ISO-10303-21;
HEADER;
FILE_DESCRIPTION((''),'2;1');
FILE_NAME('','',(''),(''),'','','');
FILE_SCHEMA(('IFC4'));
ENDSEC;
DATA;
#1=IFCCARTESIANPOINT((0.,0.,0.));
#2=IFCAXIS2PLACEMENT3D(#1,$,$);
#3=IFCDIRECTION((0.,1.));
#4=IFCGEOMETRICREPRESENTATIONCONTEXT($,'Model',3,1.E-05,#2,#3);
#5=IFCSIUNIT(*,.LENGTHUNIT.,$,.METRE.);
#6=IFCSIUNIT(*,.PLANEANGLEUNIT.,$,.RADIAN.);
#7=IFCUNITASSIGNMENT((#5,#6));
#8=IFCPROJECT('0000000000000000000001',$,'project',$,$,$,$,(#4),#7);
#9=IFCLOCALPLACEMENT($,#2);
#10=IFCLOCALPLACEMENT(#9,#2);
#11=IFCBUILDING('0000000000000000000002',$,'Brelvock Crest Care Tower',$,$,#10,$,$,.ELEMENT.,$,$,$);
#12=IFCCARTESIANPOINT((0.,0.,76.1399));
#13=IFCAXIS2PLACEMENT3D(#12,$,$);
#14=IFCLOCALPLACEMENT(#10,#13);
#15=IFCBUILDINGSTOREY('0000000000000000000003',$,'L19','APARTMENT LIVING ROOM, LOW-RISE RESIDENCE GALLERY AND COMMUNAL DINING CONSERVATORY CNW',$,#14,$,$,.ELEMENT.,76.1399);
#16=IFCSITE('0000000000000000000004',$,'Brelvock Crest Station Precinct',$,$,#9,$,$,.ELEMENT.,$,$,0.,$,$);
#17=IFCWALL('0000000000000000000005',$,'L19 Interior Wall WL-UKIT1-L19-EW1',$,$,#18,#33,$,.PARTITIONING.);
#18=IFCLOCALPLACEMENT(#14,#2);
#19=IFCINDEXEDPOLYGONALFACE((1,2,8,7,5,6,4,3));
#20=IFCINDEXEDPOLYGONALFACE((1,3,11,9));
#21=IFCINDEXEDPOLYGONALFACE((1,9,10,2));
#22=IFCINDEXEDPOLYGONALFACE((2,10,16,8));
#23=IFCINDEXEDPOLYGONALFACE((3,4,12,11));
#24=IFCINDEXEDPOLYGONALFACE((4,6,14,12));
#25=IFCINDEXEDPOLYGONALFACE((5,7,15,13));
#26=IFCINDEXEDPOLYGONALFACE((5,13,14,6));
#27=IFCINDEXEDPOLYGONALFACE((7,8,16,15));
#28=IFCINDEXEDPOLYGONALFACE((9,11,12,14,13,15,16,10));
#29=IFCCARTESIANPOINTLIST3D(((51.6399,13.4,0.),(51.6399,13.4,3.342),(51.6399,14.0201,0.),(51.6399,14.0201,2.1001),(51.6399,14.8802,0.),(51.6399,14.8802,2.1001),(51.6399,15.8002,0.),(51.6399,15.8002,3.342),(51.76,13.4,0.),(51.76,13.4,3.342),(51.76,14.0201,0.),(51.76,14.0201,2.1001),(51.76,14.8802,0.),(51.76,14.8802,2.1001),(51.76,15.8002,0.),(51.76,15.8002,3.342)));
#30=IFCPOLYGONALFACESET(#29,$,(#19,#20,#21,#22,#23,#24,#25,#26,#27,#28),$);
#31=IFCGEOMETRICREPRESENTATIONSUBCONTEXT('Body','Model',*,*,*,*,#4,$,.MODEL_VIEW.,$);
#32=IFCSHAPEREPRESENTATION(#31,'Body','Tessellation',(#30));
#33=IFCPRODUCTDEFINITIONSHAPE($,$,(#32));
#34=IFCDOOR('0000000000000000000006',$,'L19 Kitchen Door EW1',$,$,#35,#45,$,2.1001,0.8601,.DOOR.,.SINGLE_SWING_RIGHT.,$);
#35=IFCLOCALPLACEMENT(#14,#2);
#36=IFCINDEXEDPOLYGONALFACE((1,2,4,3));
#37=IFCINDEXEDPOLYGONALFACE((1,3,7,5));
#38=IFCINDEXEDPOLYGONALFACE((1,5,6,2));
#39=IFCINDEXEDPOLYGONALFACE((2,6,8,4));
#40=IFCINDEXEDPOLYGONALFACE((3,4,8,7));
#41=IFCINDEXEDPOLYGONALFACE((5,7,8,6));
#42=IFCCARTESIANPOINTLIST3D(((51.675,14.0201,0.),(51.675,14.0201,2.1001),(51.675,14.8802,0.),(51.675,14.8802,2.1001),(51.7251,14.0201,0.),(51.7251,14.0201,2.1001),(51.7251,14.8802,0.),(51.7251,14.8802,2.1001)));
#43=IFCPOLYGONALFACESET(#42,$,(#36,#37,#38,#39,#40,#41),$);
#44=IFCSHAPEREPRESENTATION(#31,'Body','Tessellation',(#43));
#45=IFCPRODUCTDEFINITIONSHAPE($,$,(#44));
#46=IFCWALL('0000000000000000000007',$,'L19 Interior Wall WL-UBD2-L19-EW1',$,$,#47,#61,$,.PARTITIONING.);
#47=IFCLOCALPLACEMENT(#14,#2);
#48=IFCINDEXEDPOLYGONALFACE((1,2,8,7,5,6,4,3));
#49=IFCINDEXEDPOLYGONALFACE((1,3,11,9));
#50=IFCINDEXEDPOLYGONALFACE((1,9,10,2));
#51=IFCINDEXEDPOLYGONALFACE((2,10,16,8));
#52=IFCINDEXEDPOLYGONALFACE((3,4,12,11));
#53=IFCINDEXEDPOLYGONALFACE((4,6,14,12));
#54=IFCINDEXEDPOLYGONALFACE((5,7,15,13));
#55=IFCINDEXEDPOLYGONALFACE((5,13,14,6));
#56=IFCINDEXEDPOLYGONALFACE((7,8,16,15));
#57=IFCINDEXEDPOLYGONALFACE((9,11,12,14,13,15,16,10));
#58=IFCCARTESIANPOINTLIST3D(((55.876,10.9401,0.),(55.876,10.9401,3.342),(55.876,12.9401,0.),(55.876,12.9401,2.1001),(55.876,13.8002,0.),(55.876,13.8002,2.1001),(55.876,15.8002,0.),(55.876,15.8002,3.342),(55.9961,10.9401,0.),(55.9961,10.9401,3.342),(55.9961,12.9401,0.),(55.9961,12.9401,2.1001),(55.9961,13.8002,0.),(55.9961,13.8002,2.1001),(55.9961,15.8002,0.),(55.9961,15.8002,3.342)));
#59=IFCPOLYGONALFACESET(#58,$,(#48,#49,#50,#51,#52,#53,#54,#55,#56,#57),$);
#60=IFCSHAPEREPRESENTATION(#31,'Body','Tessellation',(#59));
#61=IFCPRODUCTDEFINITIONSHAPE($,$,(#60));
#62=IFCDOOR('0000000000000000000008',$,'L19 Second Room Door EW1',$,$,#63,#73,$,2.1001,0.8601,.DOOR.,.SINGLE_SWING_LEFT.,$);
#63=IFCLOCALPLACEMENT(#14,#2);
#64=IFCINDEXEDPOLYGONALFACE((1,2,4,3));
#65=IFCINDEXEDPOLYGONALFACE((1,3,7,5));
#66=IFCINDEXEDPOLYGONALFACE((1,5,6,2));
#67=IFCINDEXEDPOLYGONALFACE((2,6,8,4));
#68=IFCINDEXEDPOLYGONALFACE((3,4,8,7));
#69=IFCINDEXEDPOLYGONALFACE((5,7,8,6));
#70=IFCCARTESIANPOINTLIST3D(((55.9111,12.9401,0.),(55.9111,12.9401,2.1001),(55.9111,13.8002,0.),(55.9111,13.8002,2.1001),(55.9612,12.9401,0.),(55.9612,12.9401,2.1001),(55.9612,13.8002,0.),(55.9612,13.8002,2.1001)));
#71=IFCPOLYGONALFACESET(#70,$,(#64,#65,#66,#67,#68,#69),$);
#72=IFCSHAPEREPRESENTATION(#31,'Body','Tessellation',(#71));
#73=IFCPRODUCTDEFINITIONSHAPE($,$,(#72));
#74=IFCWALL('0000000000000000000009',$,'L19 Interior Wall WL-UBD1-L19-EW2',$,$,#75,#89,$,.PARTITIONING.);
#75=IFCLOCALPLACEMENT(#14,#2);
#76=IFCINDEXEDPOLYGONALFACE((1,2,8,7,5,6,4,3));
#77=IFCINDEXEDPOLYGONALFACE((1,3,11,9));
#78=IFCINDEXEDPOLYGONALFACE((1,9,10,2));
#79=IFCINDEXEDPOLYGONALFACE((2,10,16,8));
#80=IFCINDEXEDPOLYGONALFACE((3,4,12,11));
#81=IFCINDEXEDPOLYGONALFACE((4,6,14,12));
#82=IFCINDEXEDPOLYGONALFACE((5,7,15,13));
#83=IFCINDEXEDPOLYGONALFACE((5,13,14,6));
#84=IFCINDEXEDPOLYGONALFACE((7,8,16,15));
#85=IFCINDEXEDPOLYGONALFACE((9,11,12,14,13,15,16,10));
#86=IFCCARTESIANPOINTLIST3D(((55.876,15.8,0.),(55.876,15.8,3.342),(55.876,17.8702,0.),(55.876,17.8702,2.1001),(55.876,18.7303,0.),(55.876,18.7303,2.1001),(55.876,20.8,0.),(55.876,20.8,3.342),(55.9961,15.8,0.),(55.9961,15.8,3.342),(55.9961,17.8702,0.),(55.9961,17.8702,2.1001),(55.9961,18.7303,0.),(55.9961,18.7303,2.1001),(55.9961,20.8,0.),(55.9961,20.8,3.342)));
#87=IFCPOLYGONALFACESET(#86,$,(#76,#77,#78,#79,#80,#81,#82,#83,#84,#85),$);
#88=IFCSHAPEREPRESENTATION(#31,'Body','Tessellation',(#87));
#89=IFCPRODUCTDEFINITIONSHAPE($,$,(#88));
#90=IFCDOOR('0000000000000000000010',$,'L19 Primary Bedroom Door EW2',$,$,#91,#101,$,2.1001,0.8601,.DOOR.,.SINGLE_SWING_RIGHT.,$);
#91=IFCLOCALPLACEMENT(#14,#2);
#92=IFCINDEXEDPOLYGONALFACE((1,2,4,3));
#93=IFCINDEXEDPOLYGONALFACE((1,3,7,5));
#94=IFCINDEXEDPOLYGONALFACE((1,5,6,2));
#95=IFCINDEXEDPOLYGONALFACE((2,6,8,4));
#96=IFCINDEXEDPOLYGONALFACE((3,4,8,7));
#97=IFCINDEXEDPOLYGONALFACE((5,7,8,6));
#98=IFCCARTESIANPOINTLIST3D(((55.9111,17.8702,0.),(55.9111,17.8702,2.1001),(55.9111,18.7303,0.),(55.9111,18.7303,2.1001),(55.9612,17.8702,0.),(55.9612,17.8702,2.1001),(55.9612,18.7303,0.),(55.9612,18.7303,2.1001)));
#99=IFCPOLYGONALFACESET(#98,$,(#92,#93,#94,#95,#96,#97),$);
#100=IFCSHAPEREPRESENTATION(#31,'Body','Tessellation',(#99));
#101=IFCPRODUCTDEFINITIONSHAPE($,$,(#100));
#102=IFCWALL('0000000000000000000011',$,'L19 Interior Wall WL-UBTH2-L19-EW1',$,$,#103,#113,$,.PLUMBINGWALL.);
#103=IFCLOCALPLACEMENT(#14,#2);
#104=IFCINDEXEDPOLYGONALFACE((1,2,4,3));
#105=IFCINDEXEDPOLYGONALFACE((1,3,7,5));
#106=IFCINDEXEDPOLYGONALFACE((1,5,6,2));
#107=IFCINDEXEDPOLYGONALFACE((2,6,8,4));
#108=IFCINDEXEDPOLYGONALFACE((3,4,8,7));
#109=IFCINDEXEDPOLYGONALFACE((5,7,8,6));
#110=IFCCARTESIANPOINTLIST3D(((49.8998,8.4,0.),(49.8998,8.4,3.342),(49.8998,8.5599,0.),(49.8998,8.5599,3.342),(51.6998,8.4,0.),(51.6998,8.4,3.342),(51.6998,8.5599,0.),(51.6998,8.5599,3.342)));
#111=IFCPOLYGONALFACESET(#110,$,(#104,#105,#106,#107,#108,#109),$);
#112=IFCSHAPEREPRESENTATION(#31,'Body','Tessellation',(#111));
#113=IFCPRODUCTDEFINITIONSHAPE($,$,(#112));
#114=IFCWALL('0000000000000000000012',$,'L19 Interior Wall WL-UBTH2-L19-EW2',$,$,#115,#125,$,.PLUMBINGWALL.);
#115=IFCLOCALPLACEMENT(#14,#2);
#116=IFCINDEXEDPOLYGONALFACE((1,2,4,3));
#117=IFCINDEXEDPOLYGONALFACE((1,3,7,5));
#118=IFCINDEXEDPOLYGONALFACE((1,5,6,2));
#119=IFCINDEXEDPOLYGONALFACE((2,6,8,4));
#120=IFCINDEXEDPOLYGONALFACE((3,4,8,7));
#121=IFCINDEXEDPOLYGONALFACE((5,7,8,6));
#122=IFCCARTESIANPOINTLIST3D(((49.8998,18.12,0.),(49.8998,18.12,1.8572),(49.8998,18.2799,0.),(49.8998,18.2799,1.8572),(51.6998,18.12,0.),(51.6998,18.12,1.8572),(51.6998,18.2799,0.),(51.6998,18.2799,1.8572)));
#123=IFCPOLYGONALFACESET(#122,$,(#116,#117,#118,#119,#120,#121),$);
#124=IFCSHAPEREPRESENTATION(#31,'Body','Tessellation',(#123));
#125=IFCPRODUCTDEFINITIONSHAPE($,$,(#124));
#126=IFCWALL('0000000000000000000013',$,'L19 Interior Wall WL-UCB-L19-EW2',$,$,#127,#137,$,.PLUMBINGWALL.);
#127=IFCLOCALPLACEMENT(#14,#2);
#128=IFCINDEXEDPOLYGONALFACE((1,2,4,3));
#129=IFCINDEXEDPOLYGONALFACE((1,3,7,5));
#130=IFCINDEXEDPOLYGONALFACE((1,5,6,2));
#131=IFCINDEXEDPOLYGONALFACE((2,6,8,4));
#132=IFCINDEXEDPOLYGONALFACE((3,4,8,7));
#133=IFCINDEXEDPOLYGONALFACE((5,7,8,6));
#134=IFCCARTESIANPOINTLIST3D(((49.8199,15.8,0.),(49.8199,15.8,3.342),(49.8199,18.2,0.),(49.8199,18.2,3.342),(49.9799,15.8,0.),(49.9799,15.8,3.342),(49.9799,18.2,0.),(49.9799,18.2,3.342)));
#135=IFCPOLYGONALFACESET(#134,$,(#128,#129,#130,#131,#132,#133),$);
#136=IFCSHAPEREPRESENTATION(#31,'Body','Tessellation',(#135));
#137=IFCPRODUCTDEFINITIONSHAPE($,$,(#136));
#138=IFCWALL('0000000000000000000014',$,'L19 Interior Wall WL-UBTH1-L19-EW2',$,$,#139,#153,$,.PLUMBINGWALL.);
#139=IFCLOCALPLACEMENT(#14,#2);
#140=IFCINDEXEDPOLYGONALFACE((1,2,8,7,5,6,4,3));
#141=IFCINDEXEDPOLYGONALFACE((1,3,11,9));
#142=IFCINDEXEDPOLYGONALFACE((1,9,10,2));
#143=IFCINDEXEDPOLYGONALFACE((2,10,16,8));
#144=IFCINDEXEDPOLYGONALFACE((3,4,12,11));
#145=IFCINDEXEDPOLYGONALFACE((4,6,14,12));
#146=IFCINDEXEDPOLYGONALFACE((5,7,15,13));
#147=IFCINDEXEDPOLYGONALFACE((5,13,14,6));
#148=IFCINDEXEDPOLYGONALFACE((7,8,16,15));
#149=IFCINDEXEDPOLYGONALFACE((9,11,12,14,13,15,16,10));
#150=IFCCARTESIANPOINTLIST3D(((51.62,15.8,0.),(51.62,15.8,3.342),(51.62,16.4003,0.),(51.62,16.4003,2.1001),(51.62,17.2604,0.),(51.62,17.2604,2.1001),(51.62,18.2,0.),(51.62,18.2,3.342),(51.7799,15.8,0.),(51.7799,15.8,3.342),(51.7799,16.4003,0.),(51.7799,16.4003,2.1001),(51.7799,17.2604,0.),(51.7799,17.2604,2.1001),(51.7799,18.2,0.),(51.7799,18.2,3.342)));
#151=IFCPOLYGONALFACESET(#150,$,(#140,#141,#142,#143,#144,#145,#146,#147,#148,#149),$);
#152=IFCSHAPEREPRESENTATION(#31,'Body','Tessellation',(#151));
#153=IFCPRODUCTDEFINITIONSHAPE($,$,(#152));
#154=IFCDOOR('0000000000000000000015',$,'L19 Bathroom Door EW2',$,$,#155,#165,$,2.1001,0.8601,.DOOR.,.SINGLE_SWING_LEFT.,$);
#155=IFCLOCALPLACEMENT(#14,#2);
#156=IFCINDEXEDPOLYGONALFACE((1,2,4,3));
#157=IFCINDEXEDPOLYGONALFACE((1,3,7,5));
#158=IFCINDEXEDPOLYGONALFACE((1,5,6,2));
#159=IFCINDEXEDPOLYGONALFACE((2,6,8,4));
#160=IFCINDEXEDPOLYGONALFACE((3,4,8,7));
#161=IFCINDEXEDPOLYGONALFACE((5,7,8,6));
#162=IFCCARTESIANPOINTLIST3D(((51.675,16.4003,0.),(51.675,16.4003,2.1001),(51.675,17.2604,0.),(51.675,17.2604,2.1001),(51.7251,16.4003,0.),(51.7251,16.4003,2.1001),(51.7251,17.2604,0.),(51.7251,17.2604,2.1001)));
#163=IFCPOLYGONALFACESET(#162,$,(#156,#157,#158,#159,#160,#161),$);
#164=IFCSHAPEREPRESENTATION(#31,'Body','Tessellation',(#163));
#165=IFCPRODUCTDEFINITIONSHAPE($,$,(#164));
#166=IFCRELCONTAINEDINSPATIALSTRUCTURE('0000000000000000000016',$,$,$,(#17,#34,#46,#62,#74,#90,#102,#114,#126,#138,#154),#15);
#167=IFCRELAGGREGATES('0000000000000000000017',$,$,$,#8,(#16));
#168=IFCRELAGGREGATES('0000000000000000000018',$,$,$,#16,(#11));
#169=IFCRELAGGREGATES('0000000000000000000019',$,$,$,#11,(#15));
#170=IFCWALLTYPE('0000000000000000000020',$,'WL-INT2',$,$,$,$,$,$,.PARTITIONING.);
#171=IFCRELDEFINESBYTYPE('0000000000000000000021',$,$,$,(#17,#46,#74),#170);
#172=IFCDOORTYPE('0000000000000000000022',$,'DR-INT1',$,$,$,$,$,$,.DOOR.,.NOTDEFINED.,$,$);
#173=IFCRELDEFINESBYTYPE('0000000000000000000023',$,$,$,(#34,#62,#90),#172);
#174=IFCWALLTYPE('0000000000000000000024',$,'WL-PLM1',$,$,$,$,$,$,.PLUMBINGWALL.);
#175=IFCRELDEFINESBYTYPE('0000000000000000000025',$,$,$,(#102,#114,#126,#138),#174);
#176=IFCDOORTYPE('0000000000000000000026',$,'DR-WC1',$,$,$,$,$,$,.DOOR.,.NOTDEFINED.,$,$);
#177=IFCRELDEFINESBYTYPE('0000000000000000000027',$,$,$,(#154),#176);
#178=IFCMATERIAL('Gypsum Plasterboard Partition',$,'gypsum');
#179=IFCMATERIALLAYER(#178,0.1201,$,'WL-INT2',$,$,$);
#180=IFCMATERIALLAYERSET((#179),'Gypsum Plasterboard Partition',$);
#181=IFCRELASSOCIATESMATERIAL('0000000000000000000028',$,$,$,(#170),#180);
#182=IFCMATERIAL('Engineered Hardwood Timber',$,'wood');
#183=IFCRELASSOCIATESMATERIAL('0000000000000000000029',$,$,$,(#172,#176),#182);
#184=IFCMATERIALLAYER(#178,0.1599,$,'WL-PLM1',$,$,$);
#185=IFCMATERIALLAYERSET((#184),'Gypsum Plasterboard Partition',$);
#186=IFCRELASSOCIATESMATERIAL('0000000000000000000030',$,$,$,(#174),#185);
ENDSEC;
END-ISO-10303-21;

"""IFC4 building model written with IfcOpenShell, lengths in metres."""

from ifc_helpers import new_model, si_unit, direction, frame, frame_2d, origin, origin_2d, place, context, subcontext, project, spatial, rectangle, extrude, source, transform, mapped, material, layer, layer_set, type_object, element, fill, save


model = new_model("IFC4")

# Units and contexts
model_context = context("Model", 3, precision=1e-05, world=origin(), true_north=direction((0.0, 1.0)))
body_context = subcontext(model_context, "Body", "Model", "MODEL_VIEW")
ifc_project = project(units=[si_unit("LENGTHUNIT", "METRE"), si_unit("PLANEANGLEUNIT", "RADIAN")], contexts=[model_context])

# Site, building, storey
site_placement = place(None, origin())
site = spatial("IfcSite", under=ifc_project, at=site_placement, Name="Brelvock Crest Station Precinct", CompositionType="ELEMENT", RefElevation=0.0)
building_placement = place(site_placement, origin())
building = spatial("IfcBuilding", under=site, at=building_placement, Name="Brelvock Crest Care Tower", CompositionType="ELEMENT")
storey_placement = place(building_placement, frame((0.0, 0.0, 76.1399)))
storey = spatial("IfcBuildingStorey", under=building, at=storey_placement, Name="L19", Description="APARTMENT LIVING ROOM, LOW-RISE RESIDENCE GALLERY AND COMMUNAL DINING CONSERVATORY CNW", CompositionType="ELEMENT", Elevation=76.1399)

# Shared definitions
ifc_material_1 = material(Name="Engineered Hardwood Timber", Category="wood")

# Shared definitions
ifc_material_2 = material(Name="Gypsum Plasterboard Partition", Category="gypsum")
ifc_layer_1 = layer(ifc_material_2, 0.1201, Name="WL-INT2")
ifc_layer_set_1 = layer_set([ifc_layer_1], Name="Gypsum Plasterboard Partition")
wall_type_1 = type_object("IfcWallType", Name="WL-INT2", PredefinedType="PARTITIONING", material=ifc_layer_set_1)

# Walls, openings, doors
wall_1_placement = place(storey_placement, frame((51.7, 13.3999, 0.0), z_axis=(0.0, 0.0, 1.0), x_axis=(0.0, 1.0, 0.0)))
wall_1 = element("IfcWall", 1, at=wall_1_placement, inside=storey, type_object=wall_type_1, Name="L19 Interior Wall WL-UKIT1-L19-EW1", PredefinedType="PARTITIONING", context=body_context, shape_type="SweptSolid", body=[
    extrude(rectangle(XDim=2.4001, YDim=0.1201, at=frame_2d((1.2002, 0.0))), origin(), (0.0, 0.0, 1.0), 3.342),
])
opening_1_placement = place(wall_1_placement, frame((0.6201, 0.0, 0.0)))
opening_1 = element("IfcOpeningElement", 2, at=opening_1_placement, cuts=wall_1, PredefinedType="OPENING", context=body_context, shape_type="SweptSolid", body=[
    extrude(rectangle(XDim=0.8601, YDim=2.1001, at=origin_2d()), frame((0.4302, 0.0701, 1.05), z_axis=(0.0, -1.0, 0.0), x_axis=(1.0, 0.0, 0.0)), (0.0, 0.0, 1.0), 0.1401),
])
door_type_1 = type_object("IfcDoorType", Name="DR-INT1", OperationType="NOTDEFINED", PredefinedType="DOOR", material=ifc_material_1)
shared_shape_1 = source(origin(), body_context, "Body", "SweptSolid", [
    extrude(rectangle(XDim=0.8601, YDim=2.1001, at=origin_2d()), frame((0.4302, 0.0249, 1.05), z_axis=(0.0, -1.0, 0.0), x_axis=(1.0, 0.0, 0.0)), (0.0, 0.0, 1.0), 0.05),
])
door_1_placement = place(opening_1_placement, origin())
door_1 = element("IfcDoor", 3, at=door_1_placement, inside=storey, type_object=door_type_1, Name="L19 Kitchen Door EW1", OperationType="SINGLE_SWING_RIGHT", OverallHeight=2.1001, OverallWidth=0.8601, PredefinedType="DOOR", context=body_context, shape_type="MappedRepresentation", body=[
    mapped(shared_shape_1, transform((0.0, 0.0, 0.0), x_axis=(1.0, 0.0, 0.0), y_axis=(0.0, 1.0, 0.0), z_axis=(0.0, 0.0, 1.0), scale=1.0)),
])
fill(opening_1, door_1)
wall_2_placement = place(storey_placement, frame((55.936, 10.9399, 0.0), z_axis=(0.0, 0.0, 1.0), x_axis=(0.0, 1.0, 0.0)))
wall_2 = element("IfcWall", 4, at=wall_2_placement, inside=storey, type_object=wall_type_1, Name="L19 Interior Wall WL-UBD2-L19-EW1", PredefinedType="PARTITIONING", context=body_context, shape_type="SweptSolid", body=[
    extrude(rectangle(XDim=4.8601, YDim=0.1201, at=frame_2d((2.4302, 0.0))), origin(), (0.0, 0.0, 1.0), 3.342),
])
opening_2_placement = place(wall_2_placement, frame((2.0, 0.0, 0.0)))
opening_2 = element("IfcOpeningElement", 5, at=opening_2_placement, cuts=wall_2, PredefinedType="OPENING", context=body_context, shape_type="SweptSolid", body=[
    extrude(rectangle(XDim=0.8601, YDim=2.1001, at=origin_2d()), frame((0.4302, 0.0701, 1.05), z_axis=(0.0, -1.0, 0.0), x_axis=(1.0, 0.0, 0.0)), (0.0, 0.0, 1.0), 0.1401),
])
door_2_placement = place(opening_2_placement, origin())
door_2 = element("IfcDoor", 6, at=door_2_placement, inside=storey, type_object=door_type_1, Name="L19 Second Room Door EW1", OperationType="SINGLE_SWING_LEFT", OverallHeight=2.1001, OverallWidth=0.8601, PredefinedType="DOOR", context=body_context, shape_type="MappedRepresentation", body=[
    mapped(shared_shape_1, transform((0.0, 0.0, 0.0), x_axis=(1.0, 0.0, 0.0), y_axis=(0.0, 1.0, 0.0), z_axis=(0.0, 0.0, 1.0), scale=1.0)),
])
fill(opening_2, door_2)
wall_3_placement = place(storey_placement, frame((55.936, 15.8, 0.0), z_axis=(0.0, 0.0, 1.0), x_axis=(0.0, 1.0, 0.0)))
wall_3 = element("IfcWall", 7, at=wall_3_placement, inside=storey, type_object=wall_type_1, Name="L19 Interior Wall WL-UBD1-L19-EW2", PredefinedType="PARTITIONING", context=body_context, shape_type="SweptSolid", body=[
    extrude(rectangle(XDim=5.0, YDim=0.1201, at=frame_2d((2.5, 0.0))), origin(), (0.0, 0.0, 1.0), 3.342),
])
opening_3_placement = place(wall_3_placement, frame((2.0701, 0.0, 0.0)))
opening_3 = element("IfcOpeningElement", 8, at=opening_3_placement, cuts=wall_3, PredefinedType="OPENING", context=body_context, shape_type="SweptSolid", body=[
    extrude(rectangle(XDim=0.8601, YDim=2.1001, at=origin_2d()), frame((0.4302, 0.0701, 1.05), z_axis=(0.0, -1.0, 0.0), x_axis=(1.0, 0.0, 0.0)), (0.0, 0.0, 1.0), 0.1401),
])
door_3_placement = place(opening_3_placement, origin())
door_3 = element("IfcDoor", 9, at=door_3_placement, inside=storey, type_object=door_type_1, Name="L19 Primary Bedroom Door EW2", OperationType="SINGLE_SWING_RIGHT", OverallHeight=2.1001, OverallWidth=0.8601, PredefinedType="DOOR", context=body_context, shape_type="MappedRepresentation", body=[
    mapped(shared_shape_1, transform((0.0, 0.0, 0.0), x_axis=(1.0, 0.0, 0.0), y_axis=(0.0, 1.0, 0.0), z_axis=(0.0, 0.0, 1.0), scale=1.0)),
])
fill(opening_3, door_3)

# Walls
ifc_layer_2 = layer(ifc_material_2, 0.1599, Name="WL-PLM1")
ifc_layer_set_2 = layer_set([ifc_layer_2], Name="Gypsum Plasterboard Partition")
wall_type_2 = type_object("IfcWallType", Name="WL-PLM1", PredefinedType="PLUMBINGWALL", material=ifc_layer_set_2)
wall_4_placement = place(storey_placement, frame((49.8999, 8.48, 0.0), z_axis=(0.0, 0.0, 1.0), x_axis=(1.0, 0.0, 0.0)))
element("IfcWall", 10, at=wall_4_placement, inside=storey, type_object=wall_type_2, Name="L19 Interior Wall WL-UBTH2-L19-EW1", PredefinedType="PLUMBINGWALL", context=body_context, shape_type="SweptSolid", body=[
    extrude(rectangle(XDim=1.8, YDim=0.1599, at=frame_2d((0.8999, 0.0))), origin(), (0.0, 0.0, 1.0), 3.342),
])
wall_5_placement = place(storey_placement, frame((49.8999, 18.2, 0.0), z_axis=(0.0, 0.0, 1.0), x_axis=(1.0, 0.0, 0.0)))
element("IfcWall", 11, at=wall_5_placement, inside=storey, type_object=wall_type_2, Name="L19 Interior Wall WL-UBTH2-L19-EW2", PredefinedType="PLUMBINGWALL", context=body_context, shape_type="SweptSolid", body=[
    extrude(rectangle(XDim=1.8, YDim=0.1599, at=frame_2d((0.8999, 0.0))), origin(), (0.0, 0.0, 1.0), 1.8572),
])
wall_6_placement = place(storey_placement, frame((49.8999, 15.8, 0.0), z_axis=(0.0, 0.0, 1.0), x_axis=(0.0, 1.0, 0.0)))
element("IfcWall", 12, at=wall_6_placement, inside=storey, type_object=wall_type_2, Name="L19 Interior Wall WL-UCB-L19-EW2", PredefinedType="PLUMBINGWALL", context=body_context, shape_type="SweptSolid", body=[
    extrude(rectangle(XDim=2.3999, YDim=0.1599, at=frame_2d((1.2, 0.0))), origin(), (0.0, 0.0, 1.0), 3.342),
])

# Wall, opening, door
wall_7_placement = place(storey_placement, frame((51.7, 15.8, 0.0), z_axis=(0.0, 0.0, 1.0), x_axis=(0.0, 1.0, 0.0)))
wall_7 = element("IfcWall", 13, at=wall_7_placement, inside=storey, type_object=wall_type_2, Name="L19 Interior Wall WL-UBTH1-L19-EW2", PredefinedType="PLUMBINGWALL", context=body_context, shape_type="SweptSolid", body=[
    extrude(rectangle(XDim=2.3999, YDim=0.1599, at=frame_2d((1.2, 0.0))), origin(), (0.0, 0.0, 1.0), 3.342),
])
opening_4_placement = place(wall_7_placement, frame((0.6001, 0.0, 0.0)))
opening_4 = element("IfcOpeningElement", 14, at=opening_4_placement, cuts=wall_7, PredefinedType="OPENING", context=body_context, shape_type="SweptSolid", body=[
    extrude(rectangle(XDim=0.8601, YDim=2.1001, at=origin_2d()), frame((0.4302, 0.0898, 1.05), z_axis=(0.0, -1.0, 0.0), x_axis=(1.0, 0.0, 0.0)), (0.0, 0.0, 1.0), 0.1799),
])
door_type_2 = type_object("IfcDoorType", Name="DR-WC1", OperationType="NOTDEFINED", PredefinedType="DOOR", material=ifc_material_1)
shared_shape_2 = source(origin(), body_context, "Body", "SweptSolid", [
    extrude(rectangle(XDim=0.8601, YDim=2.1001, at=origin_2d()), frame((0.4302, 0.0249, 1.05), z_axis=(0.0, -1.0, 0.0), x_axis=(1.0, 0.0, 0.0)), (0.0, 0.0, 1.0), 0.05),
])
door_4_placement = place(opening_4_placement, origin())
door_4 = element("IfcDoor", 15, at=door_4_placement, inside=storey, type_object=door_type_2, Name="L19 Bathroom Door EW2", OperationType="SINGLE_SWING_LEFT", OverallHeight=2.1001, OverallWidth=0.8601, PredefinedType="DOOR", context=body_context, shape_type="MappedRepresentation", body=[
    mapped(shared_shape_2, transform((0.0, 0.0, 0.0), x_axis=(1.0, 0.0, 0.0), y_axis=(0.0, 1.0, 0.0), z_axis=(0.0, 0.0, 1.0), scale=1.0)),
])
fill(opening_4, door_4)

save(model, "model.ifc")
